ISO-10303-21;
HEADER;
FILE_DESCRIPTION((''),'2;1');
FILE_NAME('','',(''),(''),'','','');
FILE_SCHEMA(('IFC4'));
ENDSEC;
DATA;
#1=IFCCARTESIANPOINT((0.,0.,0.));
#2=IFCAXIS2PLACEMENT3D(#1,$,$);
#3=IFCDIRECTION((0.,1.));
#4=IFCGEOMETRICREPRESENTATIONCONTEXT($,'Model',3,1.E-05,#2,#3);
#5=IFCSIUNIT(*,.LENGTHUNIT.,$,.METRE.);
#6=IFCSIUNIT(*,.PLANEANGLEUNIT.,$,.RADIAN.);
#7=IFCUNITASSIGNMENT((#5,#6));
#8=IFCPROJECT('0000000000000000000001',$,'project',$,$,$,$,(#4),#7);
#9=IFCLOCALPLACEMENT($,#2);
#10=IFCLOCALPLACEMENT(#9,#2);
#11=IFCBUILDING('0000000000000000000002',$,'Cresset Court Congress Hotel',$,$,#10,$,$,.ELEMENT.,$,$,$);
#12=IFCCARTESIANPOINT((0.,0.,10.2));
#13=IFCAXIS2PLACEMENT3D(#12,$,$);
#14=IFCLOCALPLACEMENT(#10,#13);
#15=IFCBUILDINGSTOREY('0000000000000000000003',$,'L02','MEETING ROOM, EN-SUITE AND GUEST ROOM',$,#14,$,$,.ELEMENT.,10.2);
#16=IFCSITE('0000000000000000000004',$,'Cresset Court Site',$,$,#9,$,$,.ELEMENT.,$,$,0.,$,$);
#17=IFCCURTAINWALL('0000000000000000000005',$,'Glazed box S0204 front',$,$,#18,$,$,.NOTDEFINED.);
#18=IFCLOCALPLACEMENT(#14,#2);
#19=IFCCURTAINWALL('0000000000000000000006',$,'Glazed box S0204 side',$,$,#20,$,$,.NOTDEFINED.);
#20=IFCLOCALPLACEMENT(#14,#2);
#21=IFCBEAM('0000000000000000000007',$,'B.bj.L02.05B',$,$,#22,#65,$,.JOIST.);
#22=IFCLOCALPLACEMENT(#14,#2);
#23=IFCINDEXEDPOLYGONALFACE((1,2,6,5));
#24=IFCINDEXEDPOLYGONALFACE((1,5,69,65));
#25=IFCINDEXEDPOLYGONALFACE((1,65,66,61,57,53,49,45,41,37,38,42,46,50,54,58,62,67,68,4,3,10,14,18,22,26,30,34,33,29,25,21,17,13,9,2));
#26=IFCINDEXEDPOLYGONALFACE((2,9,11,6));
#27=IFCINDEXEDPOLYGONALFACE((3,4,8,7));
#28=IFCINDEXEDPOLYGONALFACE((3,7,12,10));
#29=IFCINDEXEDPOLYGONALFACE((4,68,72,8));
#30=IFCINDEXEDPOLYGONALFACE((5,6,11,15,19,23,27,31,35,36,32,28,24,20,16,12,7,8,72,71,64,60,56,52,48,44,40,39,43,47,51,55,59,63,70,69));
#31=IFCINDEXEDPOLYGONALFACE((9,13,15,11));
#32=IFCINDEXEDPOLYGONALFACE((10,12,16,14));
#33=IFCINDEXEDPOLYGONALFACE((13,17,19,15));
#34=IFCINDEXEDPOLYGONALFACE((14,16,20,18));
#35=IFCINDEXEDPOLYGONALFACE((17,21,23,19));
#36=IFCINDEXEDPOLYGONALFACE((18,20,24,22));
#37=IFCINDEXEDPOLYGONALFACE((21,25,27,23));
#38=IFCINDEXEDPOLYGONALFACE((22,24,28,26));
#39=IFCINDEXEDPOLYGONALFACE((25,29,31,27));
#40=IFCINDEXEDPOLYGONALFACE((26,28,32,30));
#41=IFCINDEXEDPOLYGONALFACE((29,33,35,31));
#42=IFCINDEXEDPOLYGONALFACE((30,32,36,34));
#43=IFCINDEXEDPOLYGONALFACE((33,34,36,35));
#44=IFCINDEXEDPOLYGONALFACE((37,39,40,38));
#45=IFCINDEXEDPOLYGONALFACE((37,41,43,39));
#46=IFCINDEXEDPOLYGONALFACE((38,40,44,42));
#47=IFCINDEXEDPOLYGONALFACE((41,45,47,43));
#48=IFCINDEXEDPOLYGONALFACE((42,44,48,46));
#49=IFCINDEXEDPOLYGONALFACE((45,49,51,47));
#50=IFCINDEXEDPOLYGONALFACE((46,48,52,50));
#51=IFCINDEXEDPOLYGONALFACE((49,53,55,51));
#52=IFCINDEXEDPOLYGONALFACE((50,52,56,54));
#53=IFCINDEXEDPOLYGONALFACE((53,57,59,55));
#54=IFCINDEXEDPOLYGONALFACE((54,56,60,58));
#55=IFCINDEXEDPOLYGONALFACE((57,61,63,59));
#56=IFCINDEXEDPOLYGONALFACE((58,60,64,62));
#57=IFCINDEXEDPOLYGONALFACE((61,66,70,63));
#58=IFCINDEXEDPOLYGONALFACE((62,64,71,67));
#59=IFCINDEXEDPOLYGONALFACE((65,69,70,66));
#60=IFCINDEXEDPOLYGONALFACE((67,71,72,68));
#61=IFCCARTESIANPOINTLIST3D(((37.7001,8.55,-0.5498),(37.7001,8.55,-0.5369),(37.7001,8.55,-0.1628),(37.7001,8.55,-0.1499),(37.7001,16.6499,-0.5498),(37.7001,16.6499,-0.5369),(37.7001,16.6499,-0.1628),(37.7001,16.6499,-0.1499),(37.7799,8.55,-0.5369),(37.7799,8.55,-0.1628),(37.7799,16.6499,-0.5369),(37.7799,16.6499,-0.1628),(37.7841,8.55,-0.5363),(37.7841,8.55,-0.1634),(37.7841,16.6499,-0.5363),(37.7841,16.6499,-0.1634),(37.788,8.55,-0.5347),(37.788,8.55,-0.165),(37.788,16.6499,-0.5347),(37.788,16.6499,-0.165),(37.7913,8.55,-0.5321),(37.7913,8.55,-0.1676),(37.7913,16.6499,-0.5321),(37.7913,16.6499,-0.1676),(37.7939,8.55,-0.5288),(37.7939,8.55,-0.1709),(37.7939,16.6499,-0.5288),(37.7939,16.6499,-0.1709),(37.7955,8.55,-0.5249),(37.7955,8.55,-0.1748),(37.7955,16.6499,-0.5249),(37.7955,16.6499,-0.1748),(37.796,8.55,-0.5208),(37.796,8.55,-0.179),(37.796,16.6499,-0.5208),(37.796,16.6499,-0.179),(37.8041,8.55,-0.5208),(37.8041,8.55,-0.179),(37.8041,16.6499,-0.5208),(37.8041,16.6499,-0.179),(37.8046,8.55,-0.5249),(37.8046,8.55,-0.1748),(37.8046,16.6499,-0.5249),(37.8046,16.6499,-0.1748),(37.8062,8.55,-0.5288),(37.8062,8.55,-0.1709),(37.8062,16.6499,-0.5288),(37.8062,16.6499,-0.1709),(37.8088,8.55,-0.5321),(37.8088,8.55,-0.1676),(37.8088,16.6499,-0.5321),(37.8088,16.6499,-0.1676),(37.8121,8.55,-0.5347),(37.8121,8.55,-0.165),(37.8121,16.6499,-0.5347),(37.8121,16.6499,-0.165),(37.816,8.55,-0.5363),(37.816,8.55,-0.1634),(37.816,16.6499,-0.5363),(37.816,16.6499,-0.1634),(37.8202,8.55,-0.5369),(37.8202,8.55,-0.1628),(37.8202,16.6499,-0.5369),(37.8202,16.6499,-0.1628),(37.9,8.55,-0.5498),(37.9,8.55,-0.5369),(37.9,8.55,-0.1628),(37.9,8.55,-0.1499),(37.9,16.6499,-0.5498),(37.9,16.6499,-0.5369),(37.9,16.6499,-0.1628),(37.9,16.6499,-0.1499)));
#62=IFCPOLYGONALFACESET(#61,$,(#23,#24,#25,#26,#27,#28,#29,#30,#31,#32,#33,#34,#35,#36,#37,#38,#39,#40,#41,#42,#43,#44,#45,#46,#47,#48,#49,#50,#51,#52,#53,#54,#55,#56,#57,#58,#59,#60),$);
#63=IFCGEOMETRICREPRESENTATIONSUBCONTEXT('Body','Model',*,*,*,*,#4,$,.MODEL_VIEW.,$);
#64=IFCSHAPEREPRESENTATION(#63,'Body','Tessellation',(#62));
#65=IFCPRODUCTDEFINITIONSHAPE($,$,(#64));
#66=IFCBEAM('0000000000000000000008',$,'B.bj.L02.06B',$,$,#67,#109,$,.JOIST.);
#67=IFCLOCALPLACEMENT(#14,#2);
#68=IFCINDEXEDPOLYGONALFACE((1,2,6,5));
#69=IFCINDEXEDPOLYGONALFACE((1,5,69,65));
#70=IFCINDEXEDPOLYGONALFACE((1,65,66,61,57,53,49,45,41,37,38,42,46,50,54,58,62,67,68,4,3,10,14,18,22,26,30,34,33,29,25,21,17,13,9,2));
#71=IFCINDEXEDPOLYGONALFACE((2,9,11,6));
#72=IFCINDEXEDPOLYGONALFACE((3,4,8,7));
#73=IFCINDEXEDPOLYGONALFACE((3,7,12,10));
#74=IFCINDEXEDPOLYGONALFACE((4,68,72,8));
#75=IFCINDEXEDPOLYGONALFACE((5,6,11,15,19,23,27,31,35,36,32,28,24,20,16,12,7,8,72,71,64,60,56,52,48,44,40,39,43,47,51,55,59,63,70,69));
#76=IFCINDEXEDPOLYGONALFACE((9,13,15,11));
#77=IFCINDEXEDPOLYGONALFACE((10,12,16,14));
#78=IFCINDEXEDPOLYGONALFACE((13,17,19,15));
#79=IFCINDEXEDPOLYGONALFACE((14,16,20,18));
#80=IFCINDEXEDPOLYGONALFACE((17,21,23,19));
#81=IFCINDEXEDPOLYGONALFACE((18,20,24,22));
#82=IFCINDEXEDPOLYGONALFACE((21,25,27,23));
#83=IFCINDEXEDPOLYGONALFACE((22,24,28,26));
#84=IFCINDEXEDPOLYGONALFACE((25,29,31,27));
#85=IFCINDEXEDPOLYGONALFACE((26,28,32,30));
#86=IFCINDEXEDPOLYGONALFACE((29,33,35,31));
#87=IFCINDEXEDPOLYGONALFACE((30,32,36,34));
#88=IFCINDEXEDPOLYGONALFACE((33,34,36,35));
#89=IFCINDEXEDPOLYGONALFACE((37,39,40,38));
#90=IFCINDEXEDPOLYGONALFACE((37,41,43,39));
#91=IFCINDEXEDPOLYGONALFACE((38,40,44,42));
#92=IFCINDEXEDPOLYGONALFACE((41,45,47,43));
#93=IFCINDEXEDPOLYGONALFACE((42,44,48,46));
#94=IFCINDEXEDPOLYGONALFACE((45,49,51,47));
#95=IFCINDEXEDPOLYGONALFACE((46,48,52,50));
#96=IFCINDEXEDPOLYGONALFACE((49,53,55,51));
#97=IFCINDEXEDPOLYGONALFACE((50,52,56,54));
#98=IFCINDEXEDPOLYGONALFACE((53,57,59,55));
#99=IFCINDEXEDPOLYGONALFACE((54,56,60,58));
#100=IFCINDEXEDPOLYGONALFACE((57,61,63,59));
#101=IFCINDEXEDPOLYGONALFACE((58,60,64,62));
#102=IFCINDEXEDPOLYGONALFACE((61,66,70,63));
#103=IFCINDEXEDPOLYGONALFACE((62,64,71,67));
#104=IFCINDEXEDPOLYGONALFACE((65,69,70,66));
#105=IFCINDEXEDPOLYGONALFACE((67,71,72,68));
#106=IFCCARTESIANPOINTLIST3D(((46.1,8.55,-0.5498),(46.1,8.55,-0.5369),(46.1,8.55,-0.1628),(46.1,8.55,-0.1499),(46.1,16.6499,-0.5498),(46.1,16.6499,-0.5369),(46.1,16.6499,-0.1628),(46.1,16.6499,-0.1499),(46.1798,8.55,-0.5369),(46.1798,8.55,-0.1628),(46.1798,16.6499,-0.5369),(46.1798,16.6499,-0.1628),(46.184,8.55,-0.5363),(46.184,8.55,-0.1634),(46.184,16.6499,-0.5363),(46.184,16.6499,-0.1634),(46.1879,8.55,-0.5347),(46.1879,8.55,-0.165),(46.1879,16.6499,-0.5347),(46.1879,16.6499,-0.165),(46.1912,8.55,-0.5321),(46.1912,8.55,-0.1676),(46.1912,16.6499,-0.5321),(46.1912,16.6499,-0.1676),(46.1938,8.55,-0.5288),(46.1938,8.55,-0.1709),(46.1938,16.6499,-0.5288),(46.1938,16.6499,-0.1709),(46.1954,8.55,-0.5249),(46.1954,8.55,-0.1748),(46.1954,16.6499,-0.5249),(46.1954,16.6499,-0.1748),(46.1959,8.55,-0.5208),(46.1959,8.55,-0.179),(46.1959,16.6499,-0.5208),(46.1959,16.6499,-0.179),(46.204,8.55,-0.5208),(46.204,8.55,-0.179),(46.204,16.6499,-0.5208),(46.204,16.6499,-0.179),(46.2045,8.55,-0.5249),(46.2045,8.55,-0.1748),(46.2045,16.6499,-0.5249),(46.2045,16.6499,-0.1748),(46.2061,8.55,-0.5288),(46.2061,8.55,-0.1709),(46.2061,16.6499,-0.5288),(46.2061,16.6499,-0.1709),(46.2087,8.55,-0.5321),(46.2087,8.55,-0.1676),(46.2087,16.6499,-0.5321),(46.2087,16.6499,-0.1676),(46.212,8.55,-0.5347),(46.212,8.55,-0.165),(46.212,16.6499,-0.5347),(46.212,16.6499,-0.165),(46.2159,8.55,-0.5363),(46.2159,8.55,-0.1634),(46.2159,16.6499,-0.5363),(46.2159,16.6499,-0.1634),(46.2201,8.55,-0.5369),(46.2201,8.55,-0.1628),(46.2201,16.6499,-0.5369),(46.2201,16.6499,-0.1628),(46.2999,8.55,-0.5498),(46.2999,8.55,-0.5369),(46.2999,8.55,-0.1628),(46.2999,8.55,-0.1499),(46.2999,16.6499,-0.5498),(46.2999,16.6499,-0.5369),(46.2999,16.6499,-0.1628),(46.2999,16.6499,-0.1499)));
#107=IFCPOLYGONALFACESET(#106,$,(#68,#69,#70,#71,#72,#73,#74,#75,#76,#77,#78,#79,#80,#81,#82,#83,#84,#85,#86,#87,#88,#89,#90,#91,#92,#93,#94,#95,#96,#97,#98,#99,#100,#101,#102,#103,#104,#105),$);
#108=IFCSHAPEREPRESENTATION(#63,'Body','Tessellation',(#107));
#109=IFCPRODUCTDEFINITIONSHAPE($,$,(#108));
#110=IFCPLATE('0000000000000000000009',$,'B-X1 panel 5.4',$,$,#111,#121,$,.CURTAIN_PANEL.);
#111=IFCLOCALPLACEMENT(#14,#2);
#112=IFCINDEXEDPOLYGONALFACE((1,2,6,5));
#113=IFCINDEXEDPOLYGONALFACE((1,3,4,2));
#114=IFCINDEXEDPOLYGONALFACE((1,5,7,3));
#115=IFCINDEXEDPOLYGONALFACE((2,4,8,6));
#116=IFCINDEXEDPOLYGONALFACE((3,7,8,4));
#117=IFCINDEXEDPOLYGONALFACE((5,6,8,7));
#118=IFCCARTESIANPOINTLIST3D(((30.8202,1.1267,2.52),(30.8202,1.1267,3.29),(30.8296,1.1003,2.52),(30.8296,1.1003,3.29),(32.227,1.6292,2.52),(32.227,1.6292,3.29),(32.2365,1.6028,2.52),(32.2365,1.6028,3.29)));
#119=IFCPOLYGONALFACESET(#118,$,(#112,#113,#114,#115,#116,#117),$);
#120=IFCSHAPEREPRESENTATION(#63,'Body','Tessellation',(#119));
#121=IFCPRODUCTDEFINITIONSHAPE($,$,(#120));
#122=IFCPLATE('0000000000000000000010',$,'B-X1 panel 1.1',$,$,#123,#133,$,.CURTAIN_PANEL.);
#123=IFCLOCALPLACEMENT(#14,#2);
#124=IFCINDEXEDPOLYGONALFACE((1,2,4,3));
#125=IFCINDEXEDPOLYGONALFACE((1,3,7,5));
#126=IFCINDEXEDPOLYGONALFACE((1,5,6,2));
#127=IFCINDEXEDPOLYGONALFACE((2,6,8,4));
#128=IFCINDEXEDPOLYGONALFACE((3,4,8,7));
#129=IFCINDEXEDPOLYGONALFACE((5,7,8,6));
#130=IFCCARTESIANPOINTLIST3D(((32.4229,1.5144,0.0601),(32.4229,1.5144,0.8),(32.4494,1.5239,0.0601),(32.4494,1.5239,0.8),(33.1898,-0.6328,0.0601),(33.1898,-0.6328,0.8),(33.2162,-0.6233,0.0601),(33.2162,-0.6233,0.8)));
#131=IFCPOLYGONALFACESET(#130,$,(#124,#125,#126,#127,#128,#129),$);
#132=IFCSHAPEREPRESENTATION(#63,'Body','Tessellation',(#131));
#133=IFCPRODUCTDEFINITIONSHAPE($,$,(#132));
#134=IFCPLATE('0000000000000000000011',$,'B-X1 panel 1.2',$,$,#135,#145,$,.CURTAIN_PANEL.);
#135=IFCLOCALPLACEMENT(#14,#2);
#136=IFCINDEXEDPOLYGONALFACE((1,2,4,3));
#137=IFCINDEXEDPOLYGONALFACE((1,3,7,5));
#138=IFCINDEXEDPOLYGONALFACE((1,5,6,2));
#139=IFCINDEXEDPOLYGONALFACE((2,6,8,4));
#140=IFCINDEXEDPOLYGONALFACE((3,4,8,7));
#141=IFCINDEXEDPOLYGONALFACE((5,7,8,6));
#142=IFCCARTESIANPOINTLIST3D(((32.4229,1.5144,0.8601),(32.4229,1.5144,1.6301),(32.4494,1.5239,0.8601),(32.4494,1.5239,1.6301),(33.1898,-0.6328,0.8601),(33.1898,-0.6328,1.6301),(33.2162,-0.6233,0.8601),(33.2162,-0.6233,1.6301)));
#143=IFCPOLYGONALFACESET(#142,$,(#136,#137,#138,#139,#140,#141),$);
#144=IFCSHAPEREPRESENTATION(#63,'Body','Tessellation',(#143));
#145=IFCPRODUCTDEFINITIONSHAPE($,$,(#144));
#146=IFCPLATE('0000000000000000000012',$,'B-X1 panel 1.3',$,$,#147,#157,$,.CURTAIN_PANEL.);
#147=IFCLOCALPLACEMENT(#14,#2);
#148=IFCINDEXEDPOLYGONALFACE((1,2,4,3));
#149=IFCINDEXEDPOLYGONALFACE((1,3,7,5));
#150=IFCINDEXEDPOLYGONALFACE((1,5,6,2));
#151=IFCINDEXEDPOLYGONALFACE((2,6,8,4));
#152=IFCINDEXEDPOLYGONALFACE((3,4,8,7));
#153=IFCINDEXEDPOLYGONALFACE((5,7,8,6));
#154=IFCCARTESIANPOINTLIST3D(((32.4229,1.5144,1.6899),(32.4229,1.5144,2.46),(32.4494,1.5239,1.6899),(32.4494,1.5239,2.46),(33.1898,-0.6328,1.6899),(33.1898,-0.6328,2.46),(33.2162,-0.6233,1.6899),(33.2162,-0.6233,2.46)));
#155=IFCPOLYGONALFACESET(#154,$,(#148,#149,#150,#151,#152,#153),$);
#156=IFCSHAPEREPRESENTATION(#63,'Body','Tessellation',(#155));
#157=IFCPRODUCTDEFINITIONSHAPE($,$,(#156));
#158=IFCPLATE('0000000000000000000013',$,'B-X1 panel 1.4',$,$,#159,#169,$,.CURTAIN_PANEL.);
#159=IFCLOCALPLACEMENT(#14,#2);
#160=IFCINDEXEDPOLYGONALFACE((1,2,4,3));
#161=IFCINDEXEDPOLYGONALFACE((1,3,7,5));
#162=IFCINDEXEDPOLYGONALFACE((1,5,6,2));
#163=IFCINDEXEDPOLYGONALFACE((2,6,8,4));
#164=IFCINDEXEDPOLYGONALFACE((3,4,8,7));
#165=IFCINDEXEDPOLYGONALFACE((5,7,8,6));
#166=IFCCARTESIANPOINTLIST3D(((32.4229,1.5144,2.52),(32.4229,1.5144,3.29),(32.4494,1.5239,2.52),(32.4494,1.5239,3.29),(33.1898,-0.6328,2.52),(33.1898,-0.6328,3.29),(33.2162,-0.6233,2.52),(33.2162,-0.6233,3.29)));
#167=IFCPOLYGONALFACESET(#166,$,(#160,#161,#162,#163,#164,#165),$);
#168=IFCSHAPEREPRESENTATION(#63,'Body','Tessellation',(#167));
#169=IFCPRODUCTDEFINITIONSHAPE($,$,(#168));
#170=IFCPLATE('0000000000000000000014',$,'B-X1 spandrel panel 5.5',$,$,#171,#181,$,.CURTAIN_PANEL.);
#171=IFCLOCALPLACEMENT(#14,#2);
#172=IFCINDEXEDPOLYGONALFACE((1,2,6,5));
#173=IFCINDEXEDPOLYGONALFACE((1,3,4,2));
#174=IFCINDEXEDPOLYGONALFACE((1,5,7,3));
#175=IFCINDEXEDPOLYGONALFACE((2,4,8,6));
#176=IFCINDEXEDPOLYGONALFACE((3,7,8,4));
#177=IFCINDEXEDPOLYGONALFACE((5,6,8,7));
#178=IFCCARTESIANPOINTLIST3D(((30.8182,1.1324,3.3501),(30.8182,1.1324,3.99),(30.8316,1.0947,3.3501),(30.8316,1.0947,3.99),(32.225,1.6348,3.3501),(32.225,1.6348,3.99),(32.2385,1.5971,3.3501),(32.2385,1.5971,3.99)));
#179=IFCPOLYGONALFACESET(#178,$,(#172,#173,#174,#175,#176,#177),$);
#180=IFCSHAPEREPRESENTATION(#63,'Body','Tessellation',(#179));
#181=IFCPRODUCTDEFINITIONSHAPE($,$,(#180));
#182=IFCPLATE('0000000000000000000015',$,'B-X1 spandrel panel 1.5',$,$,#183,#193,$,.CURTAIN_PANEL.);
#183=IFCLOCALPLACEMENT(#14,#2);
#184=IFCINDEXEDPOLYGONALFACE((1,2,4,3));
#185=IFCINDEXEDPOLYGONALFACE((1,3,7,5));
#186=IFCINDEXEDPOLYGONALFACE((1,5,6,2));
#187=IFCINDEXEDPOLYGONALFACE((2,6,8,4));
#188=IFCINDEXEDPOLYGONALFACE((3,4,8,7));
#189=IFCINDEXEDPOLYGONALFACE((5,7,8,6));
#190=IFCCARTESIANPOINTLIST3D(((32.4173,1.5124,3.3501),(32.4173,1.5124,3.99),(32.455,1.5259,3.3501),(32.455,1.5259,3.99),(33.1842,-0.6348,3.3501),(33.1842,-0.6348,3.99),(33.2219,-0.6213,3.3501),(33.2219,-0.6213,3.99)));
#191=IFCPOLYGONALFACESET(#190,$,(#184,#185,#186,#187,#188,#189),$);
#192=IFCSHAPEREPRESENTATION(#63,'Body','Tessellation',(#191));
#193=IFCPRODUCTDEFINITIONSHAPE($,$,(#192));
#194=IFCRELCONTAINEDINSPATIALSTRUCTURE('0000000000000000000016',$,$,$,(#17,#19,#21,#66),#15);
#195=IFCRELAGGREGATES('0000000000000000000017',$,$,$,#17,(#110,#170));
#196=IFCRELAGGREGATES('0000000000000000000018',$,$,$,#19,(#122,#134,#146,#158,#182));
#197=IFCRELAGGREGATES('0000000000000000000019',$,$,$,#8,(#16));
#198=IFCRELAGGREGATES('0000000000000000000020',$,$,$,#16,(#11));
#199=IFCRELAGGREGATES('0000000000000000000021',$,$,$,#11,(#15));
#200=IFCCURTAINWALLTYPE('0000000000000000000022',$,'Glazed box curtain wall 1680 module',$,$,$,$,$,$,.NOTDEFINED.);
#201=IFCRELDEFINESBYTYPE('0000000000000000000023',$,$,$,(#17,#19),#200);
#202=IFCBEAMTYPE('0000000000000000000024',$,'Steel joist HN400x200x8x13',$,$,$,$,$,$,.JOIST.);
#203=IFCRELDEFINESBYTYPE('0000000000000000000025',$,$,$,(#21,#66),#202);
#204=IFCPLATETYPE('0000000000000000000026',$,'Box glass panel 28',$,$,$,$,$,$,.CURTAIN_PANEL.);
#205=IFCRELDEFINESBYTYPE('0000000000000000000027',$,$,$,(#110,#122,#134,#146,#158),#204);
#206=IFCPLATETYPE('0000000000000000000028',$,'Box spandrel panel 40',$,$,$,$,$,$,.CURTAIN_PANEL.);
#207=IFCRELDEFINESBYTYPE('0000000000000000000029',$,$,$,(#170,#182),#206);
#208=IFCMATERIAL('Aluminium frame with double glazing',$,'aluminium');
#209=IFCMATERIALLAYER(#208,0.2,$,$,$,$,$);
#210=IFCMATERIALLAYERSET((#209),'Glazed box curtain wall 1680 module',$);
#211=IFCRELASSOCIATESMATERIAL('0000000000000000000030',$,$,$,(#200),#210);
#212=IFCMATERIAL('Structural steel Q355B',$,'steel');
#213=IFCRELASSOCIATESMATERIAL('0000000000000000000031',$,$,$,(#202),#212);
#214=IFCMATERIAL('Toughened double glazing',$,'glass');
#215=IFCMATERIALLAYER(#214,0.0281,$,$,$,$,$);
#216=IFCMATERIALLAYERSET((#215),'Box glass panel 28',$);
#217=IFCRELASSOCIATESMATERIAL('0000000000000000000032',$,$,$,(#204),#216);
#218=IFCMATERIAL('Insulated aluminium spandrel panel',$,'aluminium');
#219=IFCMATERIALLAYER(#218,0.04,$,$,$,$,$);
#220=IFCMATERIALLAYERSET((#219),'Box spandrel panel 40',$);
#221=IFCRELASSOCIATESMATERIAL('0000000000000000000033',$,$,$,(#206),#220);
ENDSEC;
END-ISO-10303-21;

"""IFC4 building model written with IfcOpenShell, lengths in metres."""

from ifc_helpers import new_model, si_unit, direction, frame, origin, origin_2d, place, context, subcontext, project, spatial, rectangle, i_section, extrude, material, layer, layer_set, material_profile, profile_set, type_object, element, aggregate, save


model = new_model("IFC4")

# Units and contexts
model_context = context("Model", 3, precision=1e-05, world=origin(), true_north=direction((0.0, 1.0)))
body_context = subcontext(model_context, "Body", "Model", "MODEL_VIEW")
ifc_project = project(units=[si_unit("LENGTHUNIT", "METRE"), si_unit("PLANEANGLEUNIT", "RADIAN")], contexts=[model_context])

# Site, building, storey
site_placement = place(None, origin())
site = spatial("IfcSite", under=ifc_project, at=site_placement, Name="Cresset Court Site", CompositionType="ELEMENT", RefElevation=0.0)
building_placement = place(site_placement, origin())
building = spatial("IfcBuilding", under=site, at=building_placement, Name="Cresset Court Congress Hotel", CompositionType="ELEMENT")
storey_placement = place(building_placement, frame((0.0, 0.0, 10.2)))
storey = spatial("IfcBuildingStorey", under=building, at=storey_placement, Name="L02", Description="MEETING ROOM, EN-SUITE AND GUEST ROOM", CompositionType="ELEMENT", Elevation=10.2)

# Curtain walls
ifc_material_1 = material(Name="Aluminium frame with double glazing", Category="aluminium")
ifc_layer_1 = layer(ifc_material_1, 0.2)
ifc_layer_set_1 = layer_set([ifc_layer_1], Name="Glazed box curtain wall 1680 module")
curtain_wall_type = type_object("IfcCurtainWallType", Name="Glazed box curtain wall 1680 module", PredefinedType="NOTDEFINED", material=ifc_layer_set_1)
curtain_wall_1_placement = place(storey_placement, origin())
curtain_wall_1 = element("IfcCurtainWall", 1, at=curtain_wall_1_placement, inside=storey, type_object=curtain_wall_type, Name="Glazed box S0204 front", PredefinedType="NOTDEFINED")
curtain_wall_2_placement = place(storey_placement, origin())
curtain_wall_2 = element("IfcCurtainWall", 2, at=curtain_wall_2_placement, inside=storey, type_object=curtain_wall_type, Name="Glazed box S0204 side", PredefinedType="NOTDEFINED")

# Beams
ifc_material_2 = material(Name="Structural steel Q355B", Category="steel")
ifc_material_profile_1 = material_profile(ifc_material_2, i_section(OverallWidth=0.2, OverallDepth=0.3999, WebThickness=0.0081, FlangeThickness=0.0129, FilletRadius=0.0161, at=origin_2d()), Name="HN400x200x8x13")
ifc_profile_set_1 = profile_set([ifc_material_profile_1], Name="Structural steel Q355B")
beam_type_1 = type_object("IfcBeamType", Name="Steel joist HN400x200x8x13", PredefinedType="JOIST", material=ifc_profile_set_1)
for number, where, z_axis, x_axis, name in (
    (3, (37.8, 8.55, -0.3499), (0.0, 1.0, 0.0), (-1.0, 0.0, 0.0), "B.bj.L02.05B"),
    (4, (46.2, 8.55, -0.3499), (0.0, 1.0, 0.0), (-1.0, 0.0, 0.0), "B.bj.L02.06B"),
):
    element("IfcBeam", number, at=place(storey_placement, frame(where, z_axis=z_axis, x_axis=x_axis)), inside=storey, type_object=beam_type_1, Name=name, PredefinedType="JOIST", context=body_context, shape_type="SweptSolid", body=[
        extrude(i_section(OverallWidth=0.2, OverallDepth=0.3999, WebThickness=0.0081, FlangeThickness=0.0129, FilletRadius=0.0161, at=origin_2d()), origin(), (0.0, 0.0, 1.0), 8.0999),
    ])

# Plates
ifc_material_3 = material(Name="Toughened double glazing", Category="glass")
ifc_layer_2 = layer(ifc_material_3, 0.0281)
ifc_layer_set_2 = layer_set([ifc_layer_2], Name="Box glass panel 28")
plate_type_1 = type_object("IfcPlateType", Name="Box glass panel 28", PredefinedType="CURTAIN_PANEL", material=ifc_layer_set_2)
plate_1_placement = place(storey_placement, frame((31.5283, 1.3647, 2.52), z_axis=(0.0, 0.0, 1.0), x_axis=(0.941742, 0.336336, 0.0)))
plate_1 = element("IfcPlate", 5, at=plate_1_placement, type_object=plate_type_1, Name="B-X1 panel 5.4", PredefinedType="CURTAIN_PANEL", context=body_context, shape_type="SweptSolid", body=[
    extrude(rectangle(XDim=1.4939, YDim=0.0281, at=origin_2d()), origin(), (0.0, 0.0, 1.0), 0.77),
])
plate_2_placement = place(storey_placement, frame((32.8196, 0.4456, 0.0601), z_axis=(0.0, 0.0, 1.0), x_axis=(-0.336336, 0.941742, 0.0)))
plate_2 = element("IfcPlate", 6, at=plate_2_placement, type_object=plate_type_1, Name="B-X1 panel 1.1", PredefinedType="CURTAIN_PANEL", context=body_context, shape_type="SweptSolid", body=[
    extrude(rectangle(XDim=2.28, YDim=0.0281, at=origin_2d()), origin(), (0.0, 0.0, 1.0), 0.74),
])
plate_3_placement = place(storey_placement, frame((32.8196, 0.4456, 0.8601), z_axis=(0.0, 0.0, 1.0), x_axis=(-0.336336, 0.941742, 0.0)))
plate_3 = element("IfcPlate", 7, at=plate_3_placement, type_object=plate_type_1, Name="B-X1 panel 1.2", PredefinedType="CURTAIN_PANEL", context=body_context, shape_type="SweptSolid", body=[
    extrude(rectangle(XDim=2.28, YDim=0.0281, at=origin_2d()), origin(), (0.0, 0.0, 1.0), 0.77),
])
plate_4_placement = place(storey_placement, frame((32.8196, 0.4456, 1.6899), z_axis=(0.0, 0.0, 1.0), x_axis=(-0.336336, 0.941742, 0.0)))
plate_4 = element("IfcPlate", 8, at=plate_4_placement, type_object=plate_type_1, Name="B-X1 panel 1.3", PredefinedType="CURTAIN_PANEL", context=body_context, shape_type="SweptSolid", body=[
    extrude(rectangle(XDim=2.28, YDim=0.0281, at=origin_2d()), origin(), (0.0, 0.0, 1.0), 0.77),
])
plate_5_placement = place(storey_placement, frame((32.8196, 0.4456, 2.52), z_axis=(0.0, 0.0, 1.0), x_axis=(-0.336336, 0.941742, 0.0)))
plate_5 = element("IfcPlate", 9, at=plate_5_placement, type_object=plate_type_1, Name="B-X1 panel 1.4", PredefinedType="CURTAIN_PANEL", context=body_context, shape_type="SweptSolid", body=[
    extrude(rectangle(XDim=2.28, YDim=0.0281, at=origin_2d()), origin(), (0.0, 0.0, 1.0), 0.77),
])
ifc_material_4 = material(Name="Insulated aluminium spandrel panel", Category="aluminium")
ifc_layer_3 = layer(ifc_material_4, 0.04)
ifc_layer_set_3 = layer_set([ifc_layer_3], Name="Box spandrel panel 40")
plate_type_2 = type_object("IfcPlateType", Name="Box spandrel panel 40", PredefinedType="CURTAIN_PANEL", material=ifc_layer_set_3)
plate_6_placement = place(storey_placement, frame((31.5283, 1.3647, 3.3501), z_axis=(0.0, 0.0, 1.0), x_axis=(0.941742, 0.336336, 0.0)))
plate_6 = element("IfcPlate", 10, at=plate_6_placement, type_object=plate_type_2, Name="B-X1 spandrel panel 5.5", PredefinedType="CURTAIN_PANEL", context=body_context, shape_type="SweptSolid", body=[
    extrude(rectangle(XDim=1.4939, YDim=0.04, at=origin_2d()), origin(), (0.0, 0.0, 1.0), 0.6399),
])
aggregate(curtain_wall_1, [plate_1, plate_6])
plate_7_placement = place(storey_placement, frame((32.8196, 0.4456, 3.3501), z_axis=(0.0, 0.0, 1.0), x_axis=(-0.336336, 0.941742, 0.0)))
plate_7 = element("IfcPlate", 11, at=plate_7_placement, type_object=plate_type_2, Name="B-X1 spandrel panel 1.5", PredefinedType="CURTAIN_PANEL", context=body_context, shape_type="SweptSolid", body=[
    extrude(rectangle(XDim=2.28, YDim=0.04, at=origin_2d()), origin(), (0.0, 0.0, 1.0), 0.6399),
])
aggregate(curtain_wall_2, [plate_2, plate_3, plate_4, plate_5, plate_7])

save(model, "model.ifc")
